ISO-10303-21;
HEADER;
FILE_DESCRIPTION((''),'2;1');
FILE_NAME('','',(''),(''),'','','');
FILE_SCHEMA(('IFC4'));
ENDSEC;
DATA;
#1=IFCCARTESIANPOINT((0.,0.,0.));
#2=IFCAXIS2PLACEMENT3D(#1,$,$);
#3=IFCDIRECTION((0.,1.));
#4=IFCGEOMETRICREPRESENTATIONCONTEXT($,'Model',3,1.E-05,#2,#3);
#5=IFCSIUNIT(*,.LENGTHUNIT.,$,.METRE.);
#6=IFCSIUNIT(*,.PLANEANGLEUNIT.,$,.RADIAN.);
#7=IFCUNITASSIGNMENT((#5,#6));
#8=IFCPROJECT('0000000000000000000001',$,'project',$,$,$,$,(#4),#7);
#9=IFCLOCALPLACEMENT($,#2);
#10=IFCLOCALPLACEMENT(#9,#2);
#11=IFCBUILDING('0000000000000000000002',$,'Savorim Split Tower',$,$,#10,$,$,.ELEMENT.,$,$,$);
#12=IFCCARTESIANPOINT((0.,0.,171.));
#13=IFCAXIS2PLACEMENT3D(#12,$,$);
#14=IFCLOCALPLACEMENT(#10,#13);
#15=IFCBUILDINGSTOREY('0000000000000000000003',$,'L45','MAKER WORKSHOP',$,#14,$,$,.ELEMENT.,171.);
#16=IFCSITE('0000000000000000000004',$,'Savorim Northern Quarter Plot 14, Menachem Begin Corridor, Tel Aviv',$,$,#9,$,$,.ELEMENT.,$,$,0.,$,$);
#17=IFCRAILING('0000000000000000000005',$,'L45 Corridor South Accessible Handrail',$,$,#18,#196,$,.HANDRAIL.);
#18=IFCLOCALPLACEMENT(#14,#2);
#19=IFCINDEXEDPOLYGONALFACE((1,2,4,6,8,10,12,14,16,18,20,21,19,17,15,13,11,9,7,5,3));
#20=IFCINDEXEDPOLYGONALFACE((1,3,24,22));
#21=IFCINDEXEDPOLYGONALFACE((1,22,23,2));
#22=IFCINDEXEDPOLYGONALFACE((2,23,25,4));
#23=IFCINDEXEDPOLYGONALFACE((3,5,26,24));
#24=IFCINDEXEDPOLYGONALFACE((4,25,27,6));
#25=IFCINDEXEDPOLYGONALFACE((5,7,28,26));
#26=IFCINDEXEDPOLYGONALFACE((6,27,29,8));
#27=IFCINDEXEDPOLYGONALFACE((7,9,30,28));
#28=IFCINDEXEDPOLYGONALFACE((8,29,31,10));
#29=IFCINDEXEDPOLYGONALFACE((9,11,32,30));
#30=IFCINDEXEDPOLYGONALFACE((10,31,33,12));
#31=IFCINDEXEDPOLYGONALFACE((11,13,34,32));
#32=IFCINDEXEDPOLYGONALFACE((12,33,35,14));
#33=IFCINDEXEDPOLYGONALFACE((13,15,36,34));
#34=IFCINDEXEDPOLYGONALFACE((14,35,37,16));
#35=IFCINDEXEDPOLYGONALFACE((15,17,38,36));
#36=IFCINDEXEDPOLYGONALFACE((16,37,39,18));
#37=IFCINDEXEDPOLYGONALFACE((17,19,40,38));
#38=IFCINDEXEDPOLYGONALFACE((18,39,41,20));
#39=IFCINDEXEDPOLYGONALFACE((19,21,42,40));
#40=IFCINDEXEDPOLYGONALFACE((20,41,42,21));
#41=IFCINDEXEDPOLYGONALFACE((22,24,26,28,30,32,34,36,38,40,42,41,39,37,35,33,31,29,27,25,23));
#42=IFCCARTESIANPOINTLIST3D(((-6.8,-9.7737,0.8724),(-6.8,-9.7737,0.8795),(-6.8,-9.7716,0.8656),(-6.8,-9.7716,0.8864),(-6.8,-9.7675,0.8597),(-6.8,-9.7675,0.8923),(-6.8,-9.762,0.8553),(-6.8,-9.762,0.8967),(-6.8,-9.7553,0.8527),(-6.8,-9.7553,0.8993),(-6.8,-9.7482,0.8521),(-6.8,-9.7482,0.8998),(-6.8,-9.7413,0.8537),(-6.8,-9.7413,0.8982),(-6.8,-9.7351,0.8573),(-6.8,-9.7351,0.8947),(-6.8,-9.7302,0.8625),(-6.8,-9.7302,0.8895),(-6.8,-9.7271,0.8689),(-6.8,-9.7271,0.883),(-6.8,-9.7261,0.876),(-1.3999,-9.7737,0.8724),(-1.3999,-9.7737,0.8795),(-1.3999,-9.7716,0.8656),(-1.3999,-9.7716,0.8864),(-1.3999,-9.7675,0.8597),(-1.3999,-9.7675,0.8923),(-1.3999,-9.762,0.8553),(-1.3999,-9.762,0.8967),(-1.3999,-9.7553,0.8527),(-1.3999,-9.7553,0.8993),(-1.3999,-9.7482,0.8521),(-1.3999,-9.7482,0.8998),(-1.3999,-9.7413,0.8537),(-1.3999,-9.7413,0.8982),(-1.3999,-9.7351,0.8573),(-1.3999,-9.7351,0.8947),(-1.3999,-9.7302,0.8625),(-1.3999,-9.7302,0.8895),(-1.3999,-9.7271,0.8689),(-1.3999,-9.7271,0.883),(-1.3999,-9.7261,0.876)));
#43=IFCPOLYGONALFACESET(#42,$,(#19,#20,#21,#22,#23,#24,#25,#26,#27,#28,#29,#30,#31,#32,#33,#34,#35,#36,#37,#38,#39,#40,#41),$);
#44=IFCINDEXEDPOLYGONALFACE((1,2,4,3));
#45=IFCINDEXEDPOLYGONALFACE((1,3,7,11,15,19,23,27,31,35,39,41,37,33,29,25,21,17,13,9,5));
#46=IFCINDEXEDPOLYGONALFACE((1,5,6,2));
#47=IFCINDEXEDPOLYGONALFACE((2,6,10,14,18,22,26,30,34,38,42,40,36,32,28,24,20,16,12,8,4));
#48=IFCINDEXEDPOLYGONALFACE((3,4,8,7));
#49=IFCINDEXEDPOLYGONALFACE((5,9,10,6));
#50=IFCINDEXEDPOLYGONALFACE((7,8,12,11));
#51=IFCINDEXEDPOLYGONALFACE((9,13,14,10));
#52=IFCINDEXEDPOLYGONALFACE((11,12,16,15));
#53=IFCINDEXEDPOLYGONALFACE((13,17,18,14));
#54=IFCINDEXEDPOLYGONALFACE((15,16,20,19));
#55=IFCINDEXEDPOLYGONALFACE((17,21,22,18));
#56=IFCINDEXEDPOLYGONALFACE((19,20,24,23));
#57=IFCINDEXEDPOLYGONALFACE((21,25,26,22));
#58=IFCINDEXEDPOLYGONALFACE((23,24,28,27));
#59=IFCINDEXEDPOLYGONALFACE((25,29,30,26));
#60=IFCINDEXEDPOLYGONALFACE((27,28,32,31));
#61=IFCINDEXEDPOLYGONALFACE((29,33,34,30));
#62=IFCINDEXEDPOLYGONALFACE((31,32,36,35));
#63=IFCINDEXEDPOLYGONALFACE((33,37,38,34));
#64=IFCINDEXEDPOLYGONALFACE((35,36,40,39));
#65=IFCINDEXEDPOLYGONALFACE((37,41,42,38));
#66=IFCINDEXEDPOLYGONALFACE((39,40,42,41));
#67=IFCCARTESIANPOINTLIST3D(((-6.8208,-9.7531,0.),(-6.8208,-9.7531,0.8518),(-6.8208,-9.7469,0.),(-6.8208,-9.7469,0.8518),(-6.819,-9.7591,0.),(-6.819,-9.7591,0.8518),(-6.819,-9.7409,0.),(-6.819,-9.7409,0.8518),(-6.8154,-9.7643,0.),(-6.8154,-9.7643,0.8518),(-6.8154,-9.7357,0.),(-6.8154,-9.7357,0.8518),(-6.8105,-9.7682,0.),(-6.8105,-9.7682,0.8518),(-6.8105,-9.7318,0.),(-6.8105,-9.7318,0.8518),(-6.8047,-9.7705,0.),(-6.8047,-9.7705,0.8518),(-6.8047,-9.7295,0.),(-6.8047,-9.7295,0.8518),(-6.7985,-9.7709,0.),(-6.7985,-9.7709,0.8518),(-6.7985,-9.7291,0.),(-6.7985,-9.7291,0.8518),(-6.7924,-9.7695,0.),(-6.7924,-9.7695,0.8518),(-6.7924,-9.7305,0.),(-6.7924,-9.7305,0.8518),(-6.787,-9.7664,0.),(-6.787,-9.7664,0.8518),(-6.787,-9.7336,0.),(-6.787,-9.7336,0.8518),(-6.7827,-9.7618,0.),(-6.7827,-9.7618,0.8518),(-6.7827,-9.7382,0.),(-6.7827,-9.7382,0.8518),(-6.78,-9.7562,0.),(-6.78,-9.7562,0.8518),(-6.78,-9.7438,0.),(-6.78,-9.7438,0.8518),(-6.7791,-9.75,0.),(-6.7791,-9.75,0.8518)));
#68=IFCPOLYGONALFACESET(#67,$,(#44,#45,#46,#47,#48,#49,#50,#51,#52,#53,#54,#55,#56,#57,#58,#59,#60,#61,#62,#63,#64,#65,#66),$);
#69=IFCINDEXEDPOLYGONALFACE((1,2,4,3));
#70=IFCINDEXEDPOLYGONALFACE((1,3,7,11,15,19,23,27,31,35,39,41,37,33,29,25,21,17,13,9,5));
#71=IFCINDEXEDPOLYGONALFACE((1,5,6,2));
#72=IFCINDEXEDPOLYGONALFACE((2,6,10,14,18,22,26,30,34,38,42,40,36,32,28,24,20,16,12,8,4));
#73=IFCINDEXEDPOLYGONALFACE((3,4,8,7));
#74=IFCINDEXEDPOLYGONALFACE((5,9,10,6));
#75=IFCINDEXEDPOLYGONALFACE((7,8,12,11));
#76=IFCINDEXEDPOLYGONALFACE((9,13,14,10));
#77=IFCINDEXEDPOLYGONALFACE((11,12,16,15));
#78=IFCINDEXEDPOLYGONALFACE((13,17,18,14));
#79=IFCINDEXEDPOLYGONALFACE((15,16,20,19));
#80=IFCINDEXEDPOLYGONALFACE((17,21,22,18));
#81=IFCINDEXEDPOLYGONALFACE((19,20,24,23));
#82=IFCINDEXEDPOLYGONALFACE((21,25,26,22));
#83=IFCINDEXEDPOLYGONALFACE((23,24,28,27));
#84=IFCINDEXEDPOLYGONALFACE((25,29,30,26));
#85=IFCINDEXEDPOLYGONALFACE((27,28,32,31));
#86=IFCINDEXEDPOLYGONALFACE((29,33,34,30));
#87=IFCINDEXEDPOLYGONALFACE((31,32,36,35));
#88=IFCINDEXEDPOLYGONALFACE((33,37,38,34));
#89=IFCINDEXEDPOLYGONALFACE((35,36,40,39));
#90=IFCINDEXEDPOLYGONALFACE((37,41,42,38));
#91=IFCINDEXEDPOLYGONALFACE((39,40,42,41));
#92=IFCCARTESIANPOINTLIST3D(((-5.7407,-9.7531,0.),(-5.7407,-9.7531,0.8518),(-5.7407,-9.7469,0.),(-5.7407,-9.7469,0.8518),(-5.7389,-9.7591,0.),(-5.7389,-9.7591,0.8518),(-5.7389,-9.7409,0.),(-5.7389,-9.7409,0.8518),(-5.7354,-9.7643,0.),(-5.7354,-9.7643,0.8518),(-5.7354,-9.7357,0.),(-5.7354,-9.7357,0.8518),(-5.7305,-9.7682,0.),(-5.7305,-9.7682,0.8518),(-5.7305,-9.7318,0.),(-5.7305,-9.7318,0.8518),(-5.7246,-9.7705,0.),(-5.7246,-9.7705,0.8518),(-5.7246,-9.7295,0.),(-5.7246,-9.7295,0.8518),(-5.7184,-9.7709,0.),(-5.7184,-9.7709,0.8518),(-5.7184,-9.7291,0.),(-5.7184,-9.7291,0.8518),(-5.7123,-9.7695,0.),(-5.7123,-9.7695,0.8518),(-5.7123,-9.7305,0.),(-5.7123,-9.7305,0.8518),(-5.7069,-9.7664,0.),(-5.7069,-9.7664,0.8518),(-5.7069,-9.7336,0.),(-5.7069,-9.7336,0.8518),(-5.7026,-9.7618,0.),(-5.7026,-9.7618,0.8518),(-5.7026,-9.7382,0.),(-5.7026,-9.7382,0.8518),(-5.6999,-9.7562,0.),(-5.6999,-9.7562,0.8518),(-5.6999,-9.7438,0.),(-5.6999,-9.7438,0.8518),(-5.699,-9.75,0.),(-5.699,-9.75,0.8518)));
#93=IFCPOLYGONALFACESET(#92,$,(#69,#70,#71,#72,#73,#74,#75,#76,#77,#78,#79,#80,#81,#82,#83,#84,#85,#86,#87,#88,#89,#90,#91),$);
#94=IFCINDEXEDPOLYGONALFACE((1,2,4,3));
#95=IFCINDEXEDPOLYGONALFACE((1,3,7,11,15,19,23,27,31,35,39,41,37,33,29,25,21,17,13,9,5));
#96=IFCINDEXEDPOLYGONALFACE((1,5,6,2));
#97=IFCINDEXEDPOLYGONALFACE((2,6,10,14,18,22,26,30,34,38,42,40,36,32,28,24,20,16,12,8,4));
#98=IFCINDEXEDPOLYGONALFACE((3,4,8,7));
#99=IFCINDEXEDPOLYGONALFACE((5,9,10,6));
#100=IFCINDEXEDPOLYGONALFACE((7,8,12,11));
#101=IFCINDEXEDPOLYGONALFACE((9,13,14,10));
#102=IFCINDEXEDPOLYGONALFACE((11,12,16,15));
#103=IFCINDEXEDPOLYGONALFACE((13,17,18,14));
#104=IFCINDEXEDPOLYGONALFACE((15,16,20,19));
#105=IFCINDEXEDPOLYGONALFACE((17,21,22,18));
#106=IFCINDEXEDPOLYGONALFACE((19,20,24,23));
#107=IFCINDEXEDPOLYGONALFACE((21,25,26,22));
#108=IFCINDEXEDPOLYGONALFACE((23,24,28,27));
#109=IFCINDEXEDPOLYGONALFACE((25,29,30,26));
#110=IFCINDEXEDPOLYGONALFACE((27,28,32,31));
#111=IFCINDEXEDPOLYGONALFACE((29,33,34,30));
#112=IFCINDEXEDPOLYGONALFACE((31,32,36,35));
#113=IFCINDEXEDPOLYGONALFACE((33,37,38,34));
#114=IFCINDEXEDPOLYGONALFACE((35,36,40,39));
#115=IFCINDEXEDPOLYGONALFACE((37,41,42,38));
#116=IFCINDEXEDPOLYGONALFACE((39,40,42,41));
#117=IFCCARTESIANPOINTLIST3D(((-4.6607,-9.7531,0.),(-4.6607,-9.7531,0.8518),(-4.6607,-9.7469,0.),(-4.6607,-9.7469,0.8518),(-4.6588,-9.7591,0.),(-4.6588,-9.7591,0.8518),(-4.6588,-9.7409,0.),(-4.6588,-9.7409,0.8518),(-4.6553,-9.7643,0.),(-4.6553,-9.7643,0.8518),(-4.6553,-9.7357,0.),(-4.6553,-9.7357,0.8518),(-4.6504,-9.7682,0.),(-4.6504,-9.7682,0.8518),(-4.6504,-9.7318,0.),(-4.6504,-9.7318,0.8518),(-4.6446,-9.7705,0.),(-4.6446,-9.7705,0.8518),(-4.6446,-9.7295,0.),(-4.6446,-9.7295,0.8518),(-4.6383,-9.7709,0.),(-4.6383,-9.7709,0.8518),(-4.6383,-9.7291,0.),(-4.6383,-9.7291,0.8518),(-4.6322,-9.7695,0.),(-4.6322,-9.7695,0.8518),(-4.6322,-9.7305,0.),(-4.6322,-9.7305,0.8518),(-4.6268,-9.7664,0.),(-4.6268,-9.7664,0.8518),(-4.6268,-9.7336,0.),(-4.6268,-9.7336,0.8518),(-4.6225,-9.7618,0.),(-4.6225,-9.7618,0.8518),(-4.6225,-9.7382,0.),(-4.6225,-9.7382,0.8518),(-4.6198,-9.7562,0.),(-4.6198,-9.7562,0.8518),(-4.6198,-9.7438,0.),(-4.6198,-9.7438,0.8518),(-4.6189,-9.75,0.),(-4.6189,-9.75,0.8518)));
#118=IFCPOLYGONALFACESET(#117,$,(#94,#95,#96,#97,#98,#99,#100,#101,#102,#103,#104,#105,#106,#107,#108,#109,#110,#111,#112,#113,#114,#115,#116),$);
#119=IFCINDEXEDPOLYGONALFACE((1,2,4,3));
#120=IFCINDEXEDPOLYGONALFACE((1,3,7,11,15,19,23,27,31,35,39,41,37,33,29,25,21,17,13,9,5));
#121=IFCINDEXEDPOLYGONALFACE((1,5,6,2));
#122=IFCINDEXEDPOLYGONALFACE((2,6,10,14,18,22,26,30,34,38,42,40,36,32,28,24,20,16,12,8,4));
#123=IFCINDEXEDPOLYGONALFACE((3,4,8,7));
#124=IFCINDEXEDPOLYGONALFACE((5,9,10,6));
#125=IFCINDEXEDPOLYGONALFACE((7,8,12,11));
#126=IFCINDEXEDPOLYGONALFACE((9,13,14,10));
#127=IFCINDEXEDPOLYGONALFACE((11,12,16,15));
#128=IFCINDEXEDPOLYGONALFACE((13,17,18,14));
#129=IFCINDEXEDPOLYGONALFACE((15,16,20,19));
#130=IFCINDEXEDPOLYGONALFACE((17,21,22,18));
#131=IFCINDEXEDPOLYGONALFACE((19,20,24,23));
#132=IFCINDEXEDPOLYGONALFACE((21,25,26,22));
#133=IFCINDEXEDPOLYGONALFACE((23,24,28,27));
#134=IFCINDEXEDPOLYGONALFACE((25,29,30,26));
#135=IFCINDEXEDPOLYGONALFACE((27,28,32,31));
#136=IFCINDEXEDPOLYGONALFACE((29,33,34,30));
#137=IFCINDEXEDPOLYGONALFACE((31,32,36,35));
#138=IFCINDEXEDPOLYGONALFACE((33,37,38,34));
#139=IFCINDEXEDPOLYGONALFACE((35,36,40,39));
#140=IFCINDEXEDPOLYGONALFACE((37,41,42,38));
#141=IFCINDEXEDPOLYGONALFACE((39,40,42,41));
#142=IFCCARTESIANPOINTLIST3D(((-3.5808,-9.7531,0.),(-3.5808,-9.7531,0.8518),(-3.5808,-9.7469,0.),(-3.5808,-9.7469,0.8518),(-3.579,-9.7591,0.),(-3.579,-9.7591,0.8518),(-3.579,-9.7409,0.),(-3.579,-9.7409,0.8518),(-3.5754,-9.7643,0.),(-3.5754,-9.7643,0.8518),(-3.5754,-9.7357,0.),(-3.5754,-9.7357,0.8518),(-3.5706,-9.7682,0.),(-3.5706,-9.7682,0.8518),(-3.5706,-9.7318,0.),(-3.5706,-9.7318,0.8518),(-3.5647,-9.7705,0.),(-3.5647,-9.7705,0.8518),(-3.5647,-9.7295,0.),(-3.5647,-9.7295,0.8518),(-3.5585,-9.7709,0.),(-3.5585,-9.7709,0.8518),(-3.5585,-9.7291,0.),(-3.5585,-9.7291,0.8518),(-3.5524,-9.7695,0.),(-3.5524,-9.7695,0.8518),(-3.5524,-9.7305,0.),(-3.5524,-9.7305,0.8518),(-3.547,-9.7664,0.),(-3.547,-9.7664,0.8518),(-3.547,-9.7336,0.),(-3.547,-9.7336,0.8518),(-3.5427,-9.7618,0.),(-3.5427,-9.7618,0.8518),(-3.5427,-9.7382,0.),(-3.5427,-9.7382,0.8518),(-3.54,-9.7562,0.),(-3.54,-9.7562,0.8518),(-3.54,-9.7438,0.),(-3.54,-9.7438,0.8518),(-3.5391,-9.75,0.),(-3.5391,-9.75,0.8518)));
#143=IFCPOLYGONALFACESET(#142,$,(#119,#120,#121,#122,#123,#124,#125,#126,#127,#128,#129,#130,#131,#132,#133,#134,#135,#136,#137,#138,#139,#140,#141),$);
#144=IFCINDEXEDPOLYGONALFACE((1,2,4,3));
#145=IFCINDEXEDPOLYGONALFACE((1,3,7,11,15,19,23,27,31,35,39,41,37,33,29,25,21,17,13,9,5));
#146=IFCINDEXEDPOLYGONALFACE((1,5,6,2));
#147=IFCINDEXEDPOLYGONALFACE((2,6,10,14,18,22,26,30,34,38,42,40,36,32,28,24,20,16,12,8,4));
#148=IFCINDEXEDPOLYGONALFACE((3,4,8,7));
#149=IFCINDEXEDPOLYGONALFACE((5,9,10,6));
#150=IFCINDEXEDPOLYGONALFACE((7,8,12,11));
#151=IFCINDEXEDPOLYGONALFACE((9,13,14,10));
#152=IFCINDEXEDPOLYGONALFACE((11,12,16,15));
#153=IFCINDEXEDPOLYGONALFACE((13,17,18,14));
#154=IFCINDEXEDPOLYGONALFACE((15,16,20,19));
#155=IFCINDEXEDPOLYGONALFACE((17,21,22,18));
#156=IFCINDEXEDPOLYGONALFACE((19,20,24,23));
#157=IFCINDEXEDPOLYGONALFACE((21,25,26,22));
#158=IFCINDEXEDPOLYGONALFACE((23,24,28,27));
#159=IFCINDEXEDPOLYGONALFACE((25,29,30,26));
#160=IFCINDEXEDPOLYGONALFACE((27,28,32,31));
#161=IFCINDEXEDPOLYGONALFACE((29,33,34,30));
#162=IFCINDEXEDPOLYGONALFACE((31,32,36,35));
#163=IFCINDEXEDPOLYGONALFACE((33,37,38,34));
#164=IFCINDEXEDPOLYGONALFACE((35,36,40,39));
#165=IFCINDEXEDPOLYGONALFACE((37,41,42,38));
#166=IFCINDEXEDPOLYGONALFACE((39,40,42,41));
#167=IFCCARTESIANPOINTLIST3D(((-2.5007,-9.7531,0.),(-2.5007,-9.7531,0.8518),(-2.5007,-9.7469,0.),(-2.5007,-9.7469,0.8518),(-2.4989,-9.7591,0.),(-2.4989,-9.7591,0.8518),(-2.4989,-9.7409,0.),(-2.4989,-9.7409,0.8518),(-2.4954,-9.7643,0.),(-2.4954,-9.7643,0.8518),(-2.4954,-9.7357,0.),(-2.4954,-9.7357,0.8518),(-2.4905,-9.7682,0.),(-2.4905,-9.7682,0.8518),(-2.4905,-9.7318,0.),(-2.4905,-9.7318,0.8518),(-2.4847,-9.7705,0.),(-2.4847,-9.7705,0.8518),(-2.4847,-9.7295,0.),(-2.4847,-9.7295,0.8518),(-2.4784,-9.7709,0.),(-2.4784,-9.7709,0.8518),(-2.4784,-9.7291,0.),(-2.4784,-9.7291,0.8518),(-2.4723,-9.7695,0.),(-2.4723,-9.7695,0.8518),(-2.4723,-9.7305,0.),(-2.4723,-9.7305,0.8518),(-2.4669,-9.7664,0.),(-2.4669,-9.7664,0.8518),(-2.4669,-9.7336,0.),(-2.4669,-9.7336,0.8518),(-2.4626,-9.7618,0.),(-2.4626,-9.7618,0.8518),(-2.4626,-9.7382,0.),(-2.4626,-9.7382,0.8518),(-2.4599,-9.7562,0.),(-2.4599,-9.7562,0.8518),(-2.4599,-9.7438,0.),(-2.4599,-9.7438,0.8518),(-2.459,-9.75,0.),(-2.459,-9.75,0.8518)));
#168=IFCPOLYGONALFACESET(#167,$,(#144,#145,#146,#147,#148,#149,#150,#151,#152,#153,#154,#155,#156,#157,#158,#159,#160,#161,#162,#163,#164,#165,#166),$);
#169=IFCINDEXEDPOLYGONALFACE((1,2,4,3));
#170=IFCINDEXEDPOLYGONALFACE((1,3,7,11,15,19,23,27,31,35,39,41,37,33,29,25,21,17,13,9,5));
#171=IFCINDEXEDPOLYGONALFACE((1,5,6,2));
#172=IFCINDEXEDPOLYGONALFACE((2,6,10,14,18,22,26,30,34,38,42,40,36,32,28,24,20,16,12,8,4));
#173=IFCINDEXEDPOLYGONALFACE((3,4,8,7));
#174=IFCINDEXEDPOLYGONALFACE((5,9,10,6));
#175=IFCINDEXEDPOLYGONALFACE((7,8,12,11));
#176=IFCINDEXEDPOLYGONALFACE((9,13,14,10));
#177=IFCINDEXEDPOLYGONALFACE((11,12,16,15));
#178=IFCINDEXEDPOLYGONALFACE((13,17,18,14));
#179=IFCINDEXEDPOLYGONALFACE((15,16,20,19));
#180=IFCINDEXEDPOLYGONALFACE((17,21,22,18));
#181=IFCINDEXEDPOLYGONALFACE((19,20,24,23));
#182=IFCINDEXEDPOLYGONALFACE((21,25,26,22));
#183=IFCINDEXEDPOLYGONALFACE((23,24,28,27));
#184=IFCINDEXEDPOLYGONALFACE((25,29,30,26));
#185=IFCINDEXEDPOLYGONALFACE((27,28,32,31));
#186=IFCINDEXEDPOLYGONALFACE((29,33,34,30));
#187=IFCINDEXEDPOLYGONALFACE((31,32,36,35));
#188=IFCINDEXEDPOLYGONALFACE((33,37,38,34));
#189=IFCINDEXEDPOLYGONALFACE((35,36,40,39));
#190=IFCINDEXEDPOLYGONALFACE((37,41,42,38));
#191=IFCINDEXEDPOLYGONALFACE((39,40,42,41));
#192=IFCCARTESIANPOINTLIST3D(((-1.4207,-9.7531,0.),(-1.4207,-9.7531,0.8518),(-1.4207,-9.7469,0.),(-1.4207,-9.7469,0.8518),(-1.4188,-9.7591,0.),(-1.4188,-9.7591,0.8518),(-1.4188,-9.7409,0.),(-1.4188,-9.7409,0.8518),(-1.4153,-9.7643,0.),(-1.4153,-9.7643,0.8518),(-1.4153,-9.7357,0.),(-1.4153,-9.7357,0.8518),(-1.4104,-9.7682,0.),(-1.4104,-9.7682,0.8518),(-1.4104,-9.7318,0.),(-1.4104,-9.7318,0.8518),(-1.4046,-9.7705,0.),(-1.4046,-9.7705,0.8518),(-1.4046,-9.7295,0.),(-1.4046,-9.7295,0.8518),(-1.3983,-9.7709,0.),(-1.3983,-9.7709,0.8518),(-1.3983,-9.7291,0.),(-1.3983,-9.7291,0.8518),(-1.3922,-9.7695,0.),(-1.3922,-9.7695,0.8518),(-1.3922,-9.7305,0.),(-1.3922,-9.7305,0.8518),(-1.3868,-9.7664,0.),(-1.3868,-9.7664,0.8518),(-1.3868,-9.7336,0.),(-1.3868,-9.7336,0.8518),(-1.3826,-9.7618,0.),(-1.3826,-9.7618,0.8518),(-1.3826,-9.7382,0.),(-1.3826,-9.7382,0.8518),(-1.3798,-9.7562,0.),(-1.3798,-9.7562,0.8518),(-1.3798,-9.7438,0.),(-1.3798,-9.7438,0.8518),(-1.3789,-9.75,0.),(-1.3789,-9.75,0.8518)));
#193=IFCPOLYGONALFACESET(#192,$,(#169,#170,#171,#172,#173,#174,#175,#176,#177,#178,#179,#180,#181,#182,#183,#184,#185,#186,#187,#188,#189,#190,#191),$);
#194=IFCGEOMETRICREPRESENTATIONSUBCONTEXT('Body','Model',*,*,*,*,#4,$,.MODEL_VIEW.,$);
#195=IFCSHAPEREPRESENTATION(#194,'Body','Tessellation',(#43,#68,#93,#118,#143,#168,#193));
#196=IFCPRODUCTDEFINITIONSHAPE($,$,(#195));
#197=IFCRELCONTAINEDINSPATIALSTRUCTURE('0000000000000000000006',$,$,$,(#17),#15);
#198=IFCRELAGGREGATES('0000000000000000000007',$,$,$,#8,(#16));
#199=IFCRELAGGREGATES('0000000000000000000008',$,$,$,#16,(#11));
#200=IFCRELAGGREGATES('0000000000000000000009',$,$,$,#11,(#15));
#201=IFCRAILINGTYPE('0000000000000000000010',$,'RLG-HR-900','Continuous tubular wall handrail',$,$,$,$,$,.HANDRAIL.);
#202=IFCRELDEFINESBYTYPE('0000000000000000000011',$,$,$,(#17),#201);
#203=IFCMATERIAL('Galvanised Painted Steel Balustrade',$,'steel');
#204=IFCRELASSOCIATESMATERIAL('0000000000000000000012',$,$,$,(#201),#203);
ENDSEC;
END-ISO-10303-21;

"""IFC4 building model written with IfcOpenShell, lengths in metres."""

from ifc_helpers import new_model, si_unit, direction, frame, origin, origin_2d, place, context, subcontext, project, spatial, circle, extrude, material, type_object, element, save


model = new_model("IFC4")

# Units and contexts
model_context = context("Model", 3, precision=1e-05, world=origin(), true_north=direction((0.0, 1.0)))
body_context = subcontext(model_context, "Body", "Model", "MODEL_VIEW")
ifc_project = project(units=[si_unit("LENGTHUNIT", "METRE"), si_unit("PLANEANGLEUNIT", "RADIAN")], contexts=[model_context])

# Site, building, storey
site_placement = place(None, origin())
site = spatial("IfcSite", under=ifc_project, at=site_placement, Name="Savorim Northern Quarter Plot 14, Menachem Begin Corridor, Tel Aviv", CompositionType="ELEMENT", RefElevation=0.0)
building_placement = place(site_placement, origin())
building = spatial("IfcBuilding", under=site, at=building_placement, Name="Savorim Split Tower", CompositionType="ELEMENT")
storey_placement = place(building_placement, frame((0.0, 0.0, 171.0)))
storey = spatial("IfcBuildingStorey", under=building, at=storey_placement, Name="L45", Description="MAKER WORKSHOP", CompositionType="ELEMENT", Elevation=171.0)

# Railing
ifc_material_1 = material(Name="Galvanised Painted Steel Balustrade", Category="steel")
railing_type_1 = type_object("IfcRailingType", Name="RLG-HR-900", Description="Continuous tubular wall handrail", PredefinedType="HANDRAIL", material=ifc_material_1)
railing_1_placement = place(storey_placement, frame((-6.8, -9.75, 0.0)))
element("IfcRailing", 1, at=railing_1_placement, inside=storey, type_object=railing_type_1, Name="L45 Corridor South Accessible Handrail", PredefinedType="HANDRAIL", context=body_context, shape_type="SweptSolid", body=[
    extrude(circle(Radius=0.0239, at=origin_2d()), frame((0.0, 0.0, 0.876), z_axis=(1.0, 0.0, 0.0), x_axis=(0.0, 1.0, 0.0)), (0.0, 0.0, 1.0), 5.4001),
    extrude(circle(Radius=0.021, at=origin_2d()), origin(), (0.0, 0.0, 1.0), 0.8518),
    extrude(circle(Radius=0.021, at=origin_2d()), frame((1.0801, 0.0, 0.0)), (0.0, 0.0, 1.0), 0.8518),
    extrude(circle(Radius=0.021, at=origin_2d()), frame((2.1602, 0.0, 0.0)), (0.0, 0.0, 1.0), 0.8518),
    extrude(circle(Radius=0.021, at=origin_2d()), frame((3.24, 0.0, 0.0)), (0.0, 0.0, 1.0), 0.8518),
    extrude(circle(Radius=0.021, at=origin_2d()), frame((4.3201, 0.0, 0.0)), (0.0, 0.0, 1.0), 0.8518),
    extrude(circle(Radius=0.021, at=origin_2d()), frame((5.4001, 0.0, 0.0)), (0.0, 0.0, 1.0), 0.8518),
])

save(model, "model.ifc")
